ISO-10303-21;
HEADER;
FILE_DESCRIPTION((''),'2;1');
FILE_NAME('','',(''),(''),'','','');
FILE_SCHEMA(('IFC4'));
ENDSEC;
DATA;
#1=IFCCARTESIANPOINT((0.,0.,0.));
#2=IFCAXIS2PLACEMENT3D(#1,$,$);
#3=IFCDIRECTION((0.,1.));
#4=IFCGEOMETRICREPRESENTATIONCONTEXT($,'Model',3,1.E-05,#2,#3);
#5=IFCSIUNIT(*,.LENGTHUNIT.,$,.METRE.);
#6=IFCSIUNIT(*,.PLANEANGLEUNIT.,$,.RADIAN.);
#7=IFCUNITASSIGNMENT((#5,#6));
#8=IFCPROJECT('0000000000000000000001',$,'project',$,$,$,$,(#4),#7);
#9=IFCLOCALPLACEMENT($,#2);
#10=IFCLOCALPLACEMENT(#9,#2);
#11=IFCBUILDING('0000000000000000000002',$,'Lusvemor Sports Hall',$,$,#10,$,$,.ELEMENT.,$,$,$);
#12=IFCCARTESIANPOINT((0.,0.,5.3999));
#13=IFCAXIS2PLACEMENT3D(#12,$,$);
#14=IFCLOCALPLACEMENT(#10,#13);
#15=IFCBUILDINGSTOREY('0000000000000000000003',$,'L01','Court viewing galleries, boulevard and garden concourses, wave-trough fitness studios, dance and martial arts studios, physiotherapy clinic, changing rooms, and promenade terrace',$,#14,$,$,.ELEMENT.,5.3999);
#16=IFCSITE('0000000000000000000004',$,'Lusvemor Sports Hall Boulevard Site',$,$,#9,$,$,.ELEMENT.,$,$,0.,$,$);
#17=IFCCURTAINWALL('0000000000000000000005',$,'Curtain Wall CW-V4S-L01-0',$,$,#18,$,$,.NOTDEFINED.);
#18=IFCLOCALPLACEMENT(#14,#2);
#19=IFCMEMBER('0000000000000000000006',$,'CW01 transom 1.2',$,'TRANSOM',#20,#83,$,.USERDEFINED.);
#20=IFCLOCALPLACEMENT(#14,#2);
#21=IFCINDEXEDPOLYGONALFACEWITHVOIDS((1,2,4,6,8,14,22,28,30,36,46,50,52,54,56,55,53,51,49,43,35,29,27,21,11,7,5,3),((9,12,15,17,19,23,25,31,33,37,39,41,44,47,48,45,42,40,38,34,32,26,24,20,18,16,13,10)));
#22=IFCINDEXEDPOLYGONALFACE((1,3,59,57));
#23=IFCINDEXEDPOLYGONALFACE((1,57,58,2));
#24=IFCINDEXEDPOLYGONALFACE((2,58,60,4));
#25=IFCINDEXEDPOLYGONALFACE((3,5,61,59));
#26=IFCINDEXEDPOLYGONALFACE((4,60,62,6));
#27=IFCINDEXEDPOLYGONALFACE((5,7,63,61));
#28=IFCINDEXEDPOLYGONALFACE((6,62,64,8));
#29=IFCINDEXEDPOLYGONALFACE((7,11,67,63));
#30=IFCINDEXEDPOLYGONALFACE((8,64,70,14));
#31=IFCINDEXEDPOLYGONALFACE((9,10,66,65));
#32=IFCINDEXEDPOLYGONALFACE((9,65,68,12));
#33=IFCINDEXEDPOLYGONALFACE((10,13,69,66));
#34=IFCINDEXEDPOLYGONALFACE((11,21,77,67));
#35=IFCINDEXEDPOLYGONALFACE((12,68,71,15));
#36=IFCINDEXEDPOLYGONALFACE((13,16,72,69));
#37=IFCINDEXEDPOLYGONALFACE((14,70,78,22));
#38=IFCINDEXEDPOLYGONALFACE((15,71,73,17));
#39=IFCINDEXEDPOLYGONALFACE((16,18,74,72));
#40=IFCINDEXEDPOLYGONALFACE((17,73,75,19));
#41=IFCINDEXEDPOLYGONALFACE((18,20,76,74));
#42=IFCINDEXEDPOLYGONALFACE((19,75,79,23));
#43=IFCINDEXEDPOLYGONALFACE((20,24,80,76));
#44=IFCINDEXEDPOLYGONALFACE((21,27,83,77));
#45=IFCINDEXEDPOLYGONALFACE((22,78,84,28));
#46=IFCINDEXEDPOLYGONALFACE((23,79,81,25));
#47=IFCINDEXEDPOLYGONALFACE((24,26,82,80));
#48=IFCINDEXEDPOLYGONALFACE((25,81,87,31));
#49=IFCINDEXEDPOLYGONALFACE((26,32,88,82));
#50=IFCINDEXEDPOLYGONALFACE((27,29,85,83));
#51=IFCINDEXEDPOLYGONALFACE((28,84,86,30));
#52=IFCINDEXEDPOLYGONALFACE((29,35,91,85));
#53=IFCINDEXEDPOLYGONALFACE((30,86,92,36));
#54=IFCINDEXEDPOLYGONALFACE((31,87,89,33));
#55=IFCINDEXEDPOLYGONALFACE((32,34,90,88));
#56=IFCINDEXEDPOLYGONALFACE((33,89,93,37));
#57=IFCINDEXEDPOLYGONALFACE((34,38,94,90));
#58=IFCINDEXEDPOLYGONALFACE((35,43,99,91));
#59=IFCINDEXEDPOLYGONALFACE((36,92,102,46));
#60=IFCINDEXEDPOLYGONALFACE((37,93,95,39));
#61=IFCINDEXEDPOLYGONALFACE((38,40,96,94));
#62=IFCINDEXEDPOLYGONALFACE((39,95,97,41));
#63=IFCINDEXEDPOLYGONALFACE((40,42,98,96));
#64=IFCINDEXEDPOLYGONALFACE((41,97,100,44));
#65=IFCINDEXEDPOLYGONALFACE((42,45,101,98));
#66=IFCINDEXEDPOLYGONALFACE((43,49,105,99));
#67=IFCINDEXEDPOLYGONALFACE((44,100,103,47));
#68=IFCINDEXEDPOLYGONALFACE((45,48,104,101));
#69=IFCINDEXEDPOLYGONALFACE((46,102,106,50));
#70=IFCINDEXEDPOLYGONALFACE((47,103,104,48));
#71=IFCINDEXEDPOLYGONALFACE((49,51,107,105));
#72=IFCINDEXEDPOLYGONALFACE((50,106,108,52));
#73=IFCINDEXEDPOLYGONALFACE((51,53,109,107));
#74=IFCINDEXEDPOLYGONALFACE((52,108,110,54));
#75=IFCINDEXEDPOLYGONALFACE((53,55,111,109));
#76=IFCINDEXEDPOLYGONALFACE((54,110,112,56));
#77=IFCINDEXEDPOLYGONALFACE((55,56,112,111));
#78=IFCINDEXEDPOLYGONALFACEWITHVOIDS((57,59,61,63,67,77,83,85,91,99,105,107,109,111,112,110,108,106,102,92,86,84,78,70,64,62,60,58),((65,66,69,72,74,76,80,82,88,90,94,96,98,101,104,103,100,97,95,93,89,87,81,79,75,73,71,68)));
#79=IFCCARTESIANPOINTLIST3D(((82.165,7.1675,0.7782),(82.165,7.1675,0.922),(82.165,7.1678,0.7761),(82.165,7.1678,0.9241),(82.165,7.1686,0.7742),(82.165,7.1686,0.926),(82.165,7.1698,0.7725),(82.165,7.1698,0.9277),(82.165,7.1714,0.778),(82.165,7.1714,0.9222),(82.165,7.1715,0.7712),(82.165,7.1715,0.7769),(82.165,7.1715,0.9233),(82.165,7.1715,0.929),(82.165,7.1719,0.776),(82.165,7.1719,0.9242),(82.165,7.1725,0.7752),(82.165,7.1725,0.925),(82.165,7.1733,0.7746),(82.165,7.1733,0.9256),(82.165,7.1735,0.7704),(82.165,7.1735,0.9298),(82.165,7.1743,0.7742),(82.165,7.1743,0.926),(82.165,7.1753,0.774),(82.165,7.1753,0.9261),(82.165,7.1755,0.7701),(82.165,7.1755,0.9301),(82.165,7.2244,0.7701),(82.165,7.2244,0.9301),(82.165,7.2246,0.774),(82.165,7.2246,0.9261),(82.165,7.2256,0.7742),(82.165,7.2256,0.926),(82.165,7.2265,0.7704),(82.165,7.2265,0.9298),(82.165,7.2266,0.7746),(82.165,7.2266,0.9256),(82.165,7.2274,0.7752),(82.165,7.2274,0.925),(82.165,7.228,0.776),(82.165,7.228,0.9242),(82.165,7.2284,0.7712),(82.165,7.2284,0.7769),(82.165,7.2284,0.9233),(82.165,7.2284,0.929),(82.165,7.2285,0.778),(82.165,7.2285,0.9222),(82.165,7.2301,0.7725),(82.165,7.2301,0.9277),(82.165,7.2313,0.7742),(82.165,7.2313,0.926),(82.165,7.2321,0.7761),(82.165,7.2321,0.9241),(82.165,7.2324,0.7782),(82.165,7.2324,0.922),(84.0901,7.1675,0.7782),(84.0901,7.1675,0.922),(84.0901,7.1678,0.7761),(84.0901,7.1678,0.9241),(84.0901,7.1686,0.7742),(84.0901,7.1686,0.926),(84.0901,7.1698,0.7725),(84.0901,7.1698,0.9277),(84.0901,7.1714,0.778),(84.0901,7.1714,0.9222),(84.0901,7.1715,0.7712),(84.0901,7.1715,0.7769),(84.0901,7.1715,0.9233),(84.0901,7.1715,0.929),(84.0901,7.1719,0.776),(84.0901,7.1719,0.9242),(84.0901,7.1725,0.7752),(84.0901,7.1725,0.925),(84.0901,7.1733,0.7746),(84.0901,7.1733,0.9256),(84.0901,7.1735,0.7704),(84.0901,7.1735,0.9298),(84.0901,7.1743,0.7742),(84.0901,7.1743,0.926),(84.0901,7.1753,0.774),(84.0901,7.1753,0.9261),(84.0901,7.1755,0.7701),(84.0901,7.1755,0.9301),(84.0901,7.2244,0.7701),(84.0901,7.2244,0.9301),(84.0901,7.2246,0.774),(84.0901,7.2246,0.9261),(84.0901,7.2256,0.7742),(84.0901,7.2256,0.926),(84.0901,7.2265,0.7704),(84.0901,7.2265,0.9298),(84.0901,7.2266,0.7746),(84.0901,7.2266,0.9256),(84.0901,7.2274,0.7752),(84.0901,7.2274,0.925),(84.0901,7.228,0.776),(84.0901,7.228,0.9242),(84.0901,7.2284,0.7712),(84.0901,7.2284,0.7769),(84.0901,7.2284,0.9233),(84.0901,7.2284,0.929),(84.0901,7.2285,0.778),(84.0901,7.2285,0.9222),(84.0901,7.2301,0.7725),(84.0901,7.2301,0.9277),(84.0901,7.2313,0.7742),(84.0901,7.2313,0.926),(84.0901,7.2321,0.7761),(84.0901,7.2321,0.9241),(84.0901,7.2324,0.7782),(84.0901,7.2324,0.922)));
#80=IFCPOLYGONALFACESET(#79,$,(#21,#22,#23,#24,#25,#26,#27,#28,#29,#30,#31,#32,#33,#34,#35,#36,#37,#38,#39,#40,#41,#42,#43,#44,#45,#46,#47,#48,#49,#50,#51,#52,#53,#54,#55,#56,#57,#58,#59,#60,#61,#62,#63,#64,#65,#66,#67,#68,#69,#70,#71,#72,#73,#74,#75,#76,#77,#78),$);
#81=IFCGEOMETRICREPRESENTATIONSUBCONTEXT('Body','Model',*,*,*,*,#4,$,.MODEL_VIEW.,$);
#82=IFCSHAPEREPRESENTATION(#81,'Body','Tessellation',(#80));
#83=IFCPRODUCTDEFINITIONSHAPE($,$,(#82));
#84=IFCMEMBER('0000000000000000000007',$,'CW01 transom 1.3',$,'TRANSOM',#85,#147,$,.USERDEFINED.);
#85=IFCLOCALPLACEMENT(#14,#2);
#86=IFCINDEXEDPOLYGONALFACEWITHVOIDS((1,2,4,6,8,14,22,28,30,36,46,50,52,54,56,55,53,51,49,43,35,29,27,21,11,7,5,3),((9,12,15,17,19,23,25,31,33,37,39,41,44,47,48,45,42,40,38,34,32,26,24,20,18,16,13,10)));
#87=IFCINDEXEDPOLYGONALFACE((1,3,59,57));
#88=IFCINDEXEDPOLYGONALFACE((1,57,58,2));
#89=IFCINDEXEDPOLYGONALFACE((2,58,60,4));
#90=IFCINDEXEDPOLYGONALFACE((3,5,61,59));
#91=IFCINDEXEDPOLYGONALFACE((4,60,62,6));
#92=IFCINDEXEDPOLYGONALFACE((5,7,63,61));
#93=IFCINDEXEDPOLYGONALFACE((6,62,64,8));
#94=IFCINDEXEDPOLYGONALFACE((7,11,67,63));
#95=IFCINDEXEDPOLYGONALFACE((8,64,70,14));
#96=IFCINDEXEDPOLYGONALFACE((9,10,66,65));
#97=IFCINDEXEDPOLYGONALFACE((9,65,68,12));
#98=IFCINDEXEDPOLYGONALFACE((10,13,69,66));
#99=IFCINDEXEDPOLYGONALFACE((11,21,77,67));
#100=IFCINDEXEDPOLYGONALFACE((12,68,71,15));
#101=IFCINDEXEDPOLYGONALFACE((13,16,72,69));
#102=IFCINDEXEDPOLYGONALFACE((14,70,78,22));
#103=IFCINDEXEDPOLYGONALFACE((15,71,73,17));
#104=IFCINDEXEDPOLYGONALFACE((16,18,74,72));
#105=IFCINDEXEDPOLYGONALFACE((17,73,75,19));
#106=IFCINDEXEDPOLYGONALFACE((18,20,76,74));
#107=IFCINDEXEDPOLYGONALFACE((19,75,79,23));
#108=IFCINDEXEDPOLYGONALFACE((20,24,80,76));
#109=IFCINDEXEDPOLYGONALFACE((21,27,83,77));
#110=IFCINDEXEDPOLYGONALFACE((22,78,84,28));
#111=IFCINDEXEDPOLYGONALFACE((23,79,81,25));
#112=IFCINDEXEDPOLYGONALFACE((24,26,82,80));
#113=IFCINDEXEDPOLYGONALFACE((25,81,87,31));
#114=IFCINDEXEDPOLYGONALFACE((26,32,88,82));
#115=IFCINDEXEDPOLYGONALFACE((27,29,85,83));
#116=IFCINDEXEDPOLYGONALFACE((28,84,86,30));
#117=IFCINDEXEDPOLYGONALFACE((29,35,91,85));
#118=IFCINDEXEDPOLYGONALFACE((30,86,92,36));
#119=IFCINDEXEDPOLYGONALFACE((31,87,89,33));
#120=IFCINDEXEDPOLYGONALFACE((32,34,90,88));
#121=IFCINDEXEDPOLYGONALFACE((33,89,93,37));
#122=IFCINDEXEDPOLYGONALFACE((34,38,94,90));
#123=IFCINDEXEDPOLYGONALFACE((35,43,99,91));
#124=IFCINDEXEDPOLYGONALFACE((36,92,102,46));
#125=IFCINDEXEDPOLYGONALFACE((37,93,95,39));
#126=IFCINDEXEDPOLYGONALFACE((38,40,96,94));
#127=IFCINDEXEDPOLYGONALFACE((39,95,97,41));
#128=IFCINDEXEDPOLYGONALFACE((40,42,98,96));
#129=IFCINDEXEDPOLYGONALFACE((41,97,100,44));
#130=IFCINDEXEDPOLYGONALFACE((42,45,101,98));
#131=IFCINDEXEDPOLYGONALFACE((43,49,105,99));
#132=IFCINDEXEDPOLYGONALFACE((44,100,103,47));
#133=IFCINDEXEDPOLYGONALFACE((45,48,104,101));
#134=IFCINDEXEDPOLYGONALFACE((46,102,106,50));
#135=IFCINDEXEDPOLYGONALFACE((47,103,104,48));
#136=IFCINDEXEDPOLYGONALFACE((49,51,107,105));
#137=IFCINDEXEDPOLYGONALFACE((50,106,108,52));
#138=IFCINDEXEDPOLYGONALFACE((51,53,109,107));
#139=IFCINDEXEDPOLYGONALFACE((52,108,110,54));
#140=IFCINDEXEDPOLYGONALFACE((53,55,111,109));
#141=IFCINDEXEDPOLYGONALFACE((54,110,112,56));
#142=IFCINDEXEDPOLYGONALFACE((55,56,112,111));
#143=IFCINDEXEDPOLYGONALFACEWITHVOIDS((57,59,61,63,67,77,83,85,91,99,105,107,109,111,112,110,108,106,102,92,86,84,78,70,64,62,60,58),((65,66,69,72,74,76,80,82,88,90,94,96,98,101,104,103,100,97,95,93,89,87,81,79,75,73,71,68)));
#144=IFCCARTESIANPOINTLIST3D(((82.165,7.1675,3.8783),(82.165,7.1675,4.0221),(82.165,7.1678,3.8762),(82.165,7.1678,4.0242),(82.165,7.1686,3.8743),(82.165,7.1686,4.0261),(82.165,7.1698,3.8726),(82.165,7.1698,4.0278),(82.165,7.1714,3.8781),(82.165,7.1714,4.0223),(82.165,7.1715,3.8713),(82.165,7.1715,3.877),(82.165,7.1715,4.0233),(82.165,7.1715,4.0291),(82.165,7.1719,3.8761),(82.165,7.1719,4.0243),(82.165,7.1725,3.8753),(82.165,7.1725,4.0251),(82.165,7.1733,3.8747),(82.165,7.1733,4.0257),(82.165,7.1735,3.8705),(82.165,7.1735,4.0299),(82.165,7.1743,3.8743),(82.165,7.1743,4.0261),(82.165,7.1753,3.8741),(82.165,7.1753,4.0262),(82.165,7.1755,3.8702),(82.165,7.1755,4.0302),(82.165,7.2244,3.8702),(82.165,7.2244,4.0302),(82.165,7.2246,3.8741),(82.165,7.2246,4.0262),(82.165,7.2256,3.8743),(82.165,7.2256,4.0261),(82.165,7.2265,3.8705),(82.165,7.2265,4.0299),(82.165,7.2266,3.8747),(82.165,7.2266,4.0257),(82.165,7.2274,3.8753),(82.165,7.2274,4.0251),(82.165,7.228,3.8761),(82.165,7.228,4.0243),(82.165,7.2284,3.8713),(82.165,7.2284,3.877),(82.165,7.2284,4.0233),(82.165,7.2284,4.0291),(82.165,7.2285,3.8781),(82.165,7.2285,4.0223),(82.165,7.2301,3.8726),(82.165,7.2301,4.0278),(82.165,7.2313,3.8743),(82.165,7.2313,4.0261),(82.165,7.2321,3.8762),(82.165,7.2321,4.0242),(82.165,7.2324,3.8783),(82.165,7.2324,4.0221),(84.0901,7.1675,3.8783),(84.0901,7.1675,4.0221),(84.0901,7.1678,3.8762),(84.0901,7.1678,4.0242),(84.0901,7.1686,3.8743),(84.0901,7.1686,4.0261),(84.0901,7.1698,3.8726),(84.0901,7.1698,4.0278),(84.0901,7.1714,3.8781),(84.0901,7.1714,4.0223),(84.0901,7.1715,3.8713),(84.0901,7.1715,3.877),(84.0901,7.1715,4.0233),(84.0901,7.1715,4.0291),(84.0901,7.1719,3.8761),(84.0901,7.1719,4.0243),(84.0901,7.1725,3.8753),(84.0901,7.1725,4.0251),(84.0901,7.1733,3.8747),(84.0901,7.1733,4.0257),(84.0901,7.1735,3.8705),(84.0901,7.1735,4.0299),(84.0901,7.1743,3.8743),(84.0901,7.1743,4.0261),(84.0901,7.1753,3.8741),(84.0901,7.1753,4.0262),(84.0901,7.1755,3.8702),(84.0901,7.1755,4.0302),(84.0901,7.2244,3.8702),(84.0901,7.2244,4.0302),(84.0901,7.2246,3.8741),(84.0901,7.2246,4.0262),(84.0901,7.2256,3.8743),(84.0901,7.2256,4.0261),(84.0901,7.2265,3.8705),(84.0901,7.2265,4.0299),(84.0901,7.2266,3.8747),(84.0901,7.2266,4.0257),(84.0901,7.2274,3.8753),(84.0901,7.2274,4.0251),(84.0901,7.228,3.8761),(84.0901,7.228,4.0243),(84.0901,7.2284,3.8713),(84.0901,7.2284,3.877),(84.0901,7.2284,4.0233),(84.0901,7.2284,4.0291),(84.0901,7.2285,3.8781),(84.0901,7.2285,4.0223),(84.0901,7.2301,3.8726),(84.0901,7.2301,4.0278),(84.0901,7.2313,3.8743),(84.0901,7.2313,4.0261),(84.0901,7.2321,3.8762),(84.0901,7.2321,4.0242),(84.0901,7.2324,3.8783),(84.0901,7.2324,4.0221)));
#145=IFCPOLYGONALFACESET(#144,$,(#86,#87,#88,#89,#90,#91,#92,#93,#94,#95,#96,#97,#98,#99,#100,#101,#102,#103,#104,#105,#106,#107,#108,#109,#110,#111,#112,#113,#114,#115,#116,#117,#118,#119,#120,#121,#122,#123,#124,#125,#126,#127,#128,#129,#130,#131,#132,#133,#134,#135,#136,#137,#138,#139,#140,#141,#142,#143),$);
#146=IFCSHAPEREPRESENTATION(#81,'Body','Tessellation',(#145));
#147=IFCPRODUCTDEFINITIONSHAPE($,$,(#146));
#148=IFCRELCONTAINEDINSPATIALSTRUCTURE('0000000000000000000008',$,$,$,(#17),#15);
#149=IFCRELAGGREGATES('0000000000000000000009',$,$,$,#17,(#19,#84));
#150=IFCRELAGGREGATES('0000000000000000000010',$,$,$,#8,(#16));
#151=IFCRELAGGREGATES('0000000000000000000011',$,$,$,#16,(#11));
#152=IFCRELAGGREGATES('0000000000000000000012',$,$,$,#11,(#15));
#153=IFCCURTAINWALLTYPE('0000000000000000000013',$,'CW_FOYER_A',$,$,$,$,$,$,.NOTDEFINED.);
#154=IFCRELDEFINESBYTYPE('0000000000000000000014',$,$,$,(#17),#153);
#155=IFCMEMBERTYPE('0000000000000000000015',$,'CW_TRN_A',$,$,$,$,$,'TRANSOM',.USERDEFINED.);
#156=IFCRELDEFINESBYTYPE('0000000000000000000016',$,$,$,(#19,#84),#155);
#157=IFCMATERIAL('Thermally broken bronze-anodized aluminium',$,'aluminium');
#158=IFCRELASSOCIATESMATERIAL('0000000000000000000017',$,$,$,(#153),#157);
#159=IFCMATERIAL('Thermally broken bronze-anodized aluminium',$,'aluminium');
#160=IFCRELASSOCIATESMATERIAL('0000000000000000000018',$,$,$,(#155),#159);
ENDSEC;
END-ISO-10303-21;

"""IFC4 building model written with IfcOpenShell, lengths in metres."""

from ifc_helpers import new_model, si_unit, direction, frame, origin, origin_2d, place, context, subcontext, project, spatial, hollow_rectangle, extrude, material, material_profile, profile_set, type_object, element, aggregate, save


model = new_model("IFC4")

# Units and contexts
model_context = context("Model", 3, precision=1e-05, world=origin(), true_north=direction((0.0, 1.0)))
body_context = subcontext(model_context, "Body", "Model", "MODEL_VIEW")
ifc_project = project(units=[si_unit("LENGTHUNIT", "METRE"), si_unit("PLANEANGLEUNIT", "RADIAN")], contexts=[model_context])

# Site, building, storey
site_placement = place(None, origin())
site = spatial("IfcSite", under=ifc_project, at=site_placement, Name="Lusvemor Sports Hall Boulevard Site", CompositionType="ELEMENT", RefElevation=0.0)
building_placement = place(site_placement, origin())
building = spatial("IfcBuilding", under=site, at=building_placement, Name="Lusvemor Sports Hall", CompositionType="ELEMENT")
storey_placement = place(building_placement, frame((0.0, 0.0, 5.3999)))
storey = spatial("IfcBuildingStorey", under=building, at=storey_placement, Name="L01", Description="Court viewing galleries, boulevard and garden concourses, wave-trough fitness studios, dance and martial arts studios, physiotherapy clinic, changing rooms, and promenade terrace", CompositionType="ELEMENT", Elevation=5.3999)

# Curtain wall
ifc_material_1 = material(Name="Thermally broken bronze-anodized aluminium", Category="aluminium")
curtain_wall_type = type_object("IfcCurtainWallType", Name="CW_FOYER_A", PredefinedType="NOTDEFINED", material=ifc_material_1)
curtain_wall_1_placement = place(storey_placement, origin())
curtain_wall_1 = element("IfcCurtainWall", 1, at=curtain_wall_1_placement, inside=storey, type_object=curtain_wall_type, Name="Curtain Wall CW-V4S-L01-0", PredefinedType="NOTDEFINED")

# Members
ifc_material_2 = material(Name="Thermally broken bronze-anodized aluminium", Category="aluminium")
ifc_material_profile_1 = material_profile(ifc_material_2, hollow_rectangle(XDim=0.0649, YDim=0.1599, WallThickness=0.0039, InnerFilletRadius=0.0039, OuterFilletRadius=0.0081, at=origin_2d()), Name="CWTRN160x65x4")
ifc_profile_set_1 = profile_set([ifc_material_profile_1], Name="Thermally broken bronze-anodized aluminium")
member_type_1 = type_object("IfcMemberType", Name="CW_TRN_A", ElementType="TRANSOM", PredefinedType="USERDEFINED", material=ifc_profile_set_1)
member_1_placement = place(storey_placement, frame((84.0901, 7.2, 0.8501), z_axis=(-1.0, 0.0, 0.0), x_axis=(0.0, -1.0, 0.0)))
member_1 = element("IfcMember", 2, at=member_1_placement, type_object=member_type_1, Name="CW01 transom 1.2", ObjectType="TRANSOM", PredefinedType="USERDEFINED", context=body_context, shape_type="SweptSolid", body=[
    extrude(hollow_rectangle(XDim=0.0649, YDim=0.1599, WallThickness=0.0039, InnerFilletRadius=0.0039, OuterFilletRadius=0.0081, at=origin_2d()), origin(), (0.0, 0.0, 1.0), 1.925),
])
member_2_placement = place(storey_placement, frame((84.0901, 7.2, 3.9502), z_axis=(-1.0, 0.0, 0.0), x_axis=(0.0, -1.0, 0.0)))
member_2 = element("IfcMember", 3, at=member_2_placement, type_object=member_type_1, Name="CW01 transom 1.3", ObjectType="TRANSOM", PredefinedType="USERDEFINED", context=body_context, shape_type="SweptSolid", body=[
    extrude(hollow_rectangle(XDim=0.0649, YDim=0.1599, WallThickness=0.0039, InnerFilletRadius=0.0039, OuterFilletRadius=0.0081, at=origin_2d()), origin(), (0.0, 0.0, 1.0), 1.925),
])

aggregate(curtain_wall_1, [member_1, member_2])

save(model, "model.ifc")
